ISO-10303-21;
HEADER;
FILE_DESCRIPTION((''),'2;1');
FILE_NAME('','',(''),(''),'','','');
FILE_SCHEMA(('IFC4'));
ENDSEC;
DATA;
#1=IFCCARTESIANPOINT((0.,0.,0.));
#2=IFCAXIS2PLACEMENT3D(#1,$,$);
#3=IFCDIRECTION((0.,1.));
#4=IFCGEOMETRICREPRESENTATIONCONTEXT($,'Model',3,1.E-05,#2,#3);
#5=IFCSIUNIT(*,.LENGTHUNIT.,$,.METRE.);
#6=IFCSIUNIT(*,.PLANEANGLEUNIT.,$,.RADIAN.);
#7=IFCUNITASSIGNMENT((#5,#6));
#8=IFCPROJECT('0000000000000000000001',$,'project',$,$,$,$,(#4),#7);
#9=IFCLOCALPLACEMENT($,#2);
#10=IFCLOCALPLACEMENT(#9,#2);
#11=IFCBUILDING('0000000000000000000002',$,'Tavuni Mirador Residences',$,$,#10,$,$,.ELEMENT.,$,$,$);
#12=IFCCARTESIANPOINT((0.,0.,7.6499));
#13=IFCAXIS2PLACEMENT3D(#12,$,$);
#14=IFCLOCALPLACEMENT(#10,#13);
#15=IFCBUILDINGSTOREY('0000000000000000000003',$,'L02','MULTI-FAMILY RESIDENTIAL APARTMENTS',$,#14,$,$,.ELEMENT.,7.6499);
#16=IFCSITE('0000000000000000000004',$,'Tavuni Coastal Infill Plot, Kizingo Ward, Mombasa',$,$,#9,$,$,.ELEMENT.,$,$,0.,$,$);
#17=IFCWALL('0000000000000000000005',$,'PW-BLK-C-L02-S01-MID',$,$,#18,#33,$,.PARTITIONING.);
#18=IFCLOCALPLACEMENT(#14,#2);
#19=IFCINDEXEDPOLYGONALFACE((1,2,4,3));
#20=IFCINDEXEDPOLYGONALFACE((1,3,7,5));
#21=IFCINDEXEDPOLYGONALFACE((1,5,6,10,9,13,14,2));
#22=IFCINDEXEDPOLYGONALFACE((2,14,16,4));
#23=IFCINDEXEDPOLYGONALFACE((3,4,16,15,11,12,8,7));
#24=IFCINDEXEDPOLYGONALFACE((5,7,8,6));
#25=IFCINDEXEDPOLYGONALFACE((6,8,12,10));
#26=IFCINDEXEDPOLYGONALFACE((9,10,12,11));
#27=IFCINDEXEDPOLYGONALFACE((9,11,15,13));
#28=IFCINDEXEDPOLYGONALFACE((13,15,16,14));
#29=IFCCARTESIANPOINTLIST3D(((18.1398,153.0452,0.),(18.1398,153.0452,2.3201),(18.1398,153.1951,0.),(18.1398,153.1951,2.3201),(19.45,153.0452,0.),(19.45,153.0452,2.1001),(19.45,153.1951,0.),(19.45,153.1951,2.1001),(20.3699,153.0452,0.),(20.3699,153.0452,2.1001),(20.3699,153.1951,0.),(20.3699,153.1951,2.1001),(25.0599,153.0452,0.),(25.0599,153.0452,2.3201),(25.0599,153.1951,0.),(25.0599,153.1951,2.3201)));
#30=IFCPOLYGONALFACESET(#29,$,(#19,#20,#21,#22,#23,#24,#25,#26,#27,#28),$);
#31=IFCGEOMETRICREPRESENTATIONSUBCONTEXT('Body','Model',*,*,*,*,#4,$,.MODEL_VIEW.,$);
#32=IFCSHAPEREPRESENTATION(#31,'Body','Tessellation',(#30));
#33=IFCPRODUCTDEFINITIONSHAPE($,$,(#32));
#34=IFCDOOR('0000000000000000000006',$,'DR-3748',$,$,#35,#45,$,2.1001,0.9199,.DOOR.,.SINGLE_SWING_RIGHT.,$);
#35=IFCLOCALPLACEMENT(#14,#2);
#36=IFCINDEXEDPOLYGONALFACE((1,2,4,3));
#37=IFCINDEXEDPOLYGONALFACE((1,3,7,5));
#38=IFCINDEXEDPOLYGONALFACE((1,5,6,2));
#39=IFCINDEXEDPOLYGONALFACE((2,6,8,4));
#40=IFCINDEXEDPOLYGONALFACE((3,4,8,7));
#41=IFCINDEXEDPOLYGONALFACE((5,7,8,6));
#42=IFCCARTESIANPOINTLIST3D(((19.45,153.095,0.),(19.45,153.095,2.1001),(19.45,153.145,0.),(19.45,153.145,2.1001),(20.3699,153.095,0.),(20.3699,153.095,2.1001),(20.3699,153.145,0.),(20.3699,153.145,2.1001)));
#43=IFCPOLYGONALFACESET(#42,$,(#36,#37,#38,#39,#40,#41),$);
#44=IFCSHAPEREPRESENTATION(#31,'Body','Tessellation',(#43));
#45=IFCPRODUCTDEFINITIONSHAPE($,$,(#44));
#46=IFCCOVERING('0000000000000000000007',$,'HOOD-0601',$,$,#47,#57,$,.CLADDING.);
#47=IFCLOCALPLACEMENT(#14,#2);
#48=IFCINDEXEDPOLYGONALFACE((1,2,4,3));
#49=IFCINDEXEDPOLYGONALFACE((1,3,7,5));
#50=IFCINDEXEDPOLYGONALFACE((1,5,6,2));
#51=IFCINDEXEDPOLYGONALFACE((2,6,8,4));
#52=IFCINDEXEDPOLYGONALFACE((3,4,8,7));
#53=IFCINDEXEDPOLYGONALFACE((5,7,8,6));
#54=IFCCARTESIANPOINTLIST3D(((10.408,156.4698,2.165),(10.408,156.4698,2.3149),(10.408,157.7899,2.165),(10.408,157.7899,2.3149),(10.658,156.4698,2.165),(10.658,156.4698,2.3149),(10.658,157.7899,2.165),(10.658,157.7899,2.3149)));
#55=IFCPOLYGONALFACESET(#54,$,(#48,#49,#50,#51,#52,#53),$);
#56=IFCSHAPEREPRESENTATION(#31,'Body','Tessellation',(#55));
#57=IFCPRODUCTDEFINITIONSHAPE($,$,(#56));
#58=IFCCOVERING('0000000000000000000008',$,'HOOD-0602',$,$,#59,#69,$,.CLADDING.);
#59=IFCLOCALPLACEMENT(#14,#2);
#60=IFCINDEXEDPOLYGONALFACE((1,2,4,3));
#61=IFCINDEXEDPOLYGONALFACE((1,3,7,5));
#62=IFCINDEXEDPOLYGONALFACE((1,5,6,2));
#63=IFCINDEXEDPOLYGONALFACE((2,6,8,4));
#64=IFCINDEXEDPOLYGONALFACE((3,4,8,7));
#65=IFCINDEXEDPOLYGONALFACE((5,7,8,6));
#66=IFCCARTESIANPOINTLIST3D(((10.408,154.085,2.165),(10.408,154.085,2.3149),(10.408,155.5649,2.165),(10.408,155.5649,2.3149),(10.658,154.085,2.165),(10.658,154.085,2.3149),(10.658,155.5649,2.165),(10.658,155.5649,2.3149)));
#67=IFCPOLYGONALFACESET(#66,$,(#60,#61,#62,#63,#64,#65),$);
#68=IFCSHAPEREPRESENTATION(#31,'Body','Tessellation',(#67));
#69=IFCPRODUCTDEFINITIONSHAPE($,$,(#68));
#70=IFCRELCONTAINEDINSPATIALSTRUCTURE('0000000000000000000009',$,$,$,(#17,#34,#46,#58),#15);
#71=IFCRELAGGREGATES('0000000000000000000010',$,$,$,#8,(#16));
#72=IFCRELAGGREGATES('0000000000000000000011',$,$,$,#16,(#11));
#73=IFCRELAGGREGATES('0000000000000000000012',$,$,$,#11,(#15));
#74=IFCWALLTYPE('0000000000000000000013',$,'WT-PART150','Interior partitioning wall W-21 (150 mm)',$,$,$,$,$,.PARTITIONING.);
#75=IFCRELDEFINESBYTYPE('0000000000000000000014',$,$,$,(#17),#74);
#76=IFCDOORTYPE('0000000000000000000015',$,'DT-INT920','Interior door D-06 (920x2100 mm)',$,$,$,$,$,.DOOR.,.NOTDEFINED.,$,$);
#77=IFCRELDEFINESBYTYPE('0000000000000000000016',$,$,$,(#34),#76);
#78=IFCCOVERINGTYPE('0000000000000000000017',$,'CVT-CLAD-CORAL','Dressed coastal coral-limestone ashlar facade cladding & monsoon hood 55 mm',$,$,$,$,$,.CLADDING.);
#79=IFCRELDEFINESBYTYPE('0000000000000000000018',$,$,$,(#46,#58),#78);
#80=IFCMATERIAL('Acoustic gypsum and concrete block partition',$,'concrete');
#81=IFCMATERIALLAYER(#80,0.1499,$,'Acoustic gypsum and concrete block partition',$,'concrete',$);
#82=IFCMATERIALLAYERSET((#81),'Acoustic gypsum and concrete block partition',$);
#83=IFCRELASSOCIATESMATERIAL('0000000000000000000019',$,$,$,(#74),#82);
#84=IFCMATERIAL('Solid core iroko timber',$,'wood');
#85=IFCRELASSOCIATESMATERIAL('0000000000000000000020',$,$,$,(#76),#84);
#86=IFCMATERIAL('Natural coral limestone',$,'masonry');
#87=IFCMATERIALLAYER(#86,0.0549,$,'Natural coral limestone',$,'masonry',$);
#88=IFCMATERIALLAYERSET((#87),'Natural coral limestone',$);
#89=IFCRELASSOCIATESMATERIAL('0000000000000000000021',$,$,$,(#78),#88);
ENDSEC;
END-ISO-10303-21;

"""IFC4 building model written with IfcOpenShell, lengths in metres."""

from ifc_helpers import new_model, si_unit, direction, frame, frame_2d, origin, origin_2d, place, context, subcontext, project, spatial, rectangle, extrude, material, layer, layer_set, type_object, element, fill, save


model = new_model("IFC4")

# Units and contexts
model_context = context("Model", 3, precision=1e-05, world=origin(), true_north=direction((0.0, 1.0)))
body_context = subcontext(model_context, "Body", "Model", "MODEL_VIEW")
ifc_project = project(units=[si_unit("LENGTHUNIT", "METRE"), si_unit("PLANEANGLEUNIT", "RADIAN")], contexts=[model_context])

# Site, building, storey
site_placement = place(None, origin())
site = spatial("IfcSite", under=ifc_project, at=site_placement, Name="Tavuni Coastal Infill Plot, Kizingo Ward, Mombasa", CompositionType="ELEMENT", RefElevation=0.0)
building_placement = place(site_placement, origin())
building = spatial("IfcBuilding", under=site, at=building_placement, Name="Tavuni Mirador Residences", CompositionType="ELEMENT")
storey_placement = place(building_placement, frame((0.0, 0.0, 7.6499)))
storey = spatial("IfcBuildingStorey", under=building, at=storey_placement, Name="L02", Description="MULTI-FAMILY RESIDENTIAL APARTMENTS", CompositionType="ELEMENT", Elevation=7.6499)

# Shared definitions
ifc_material_1 = material(Name="Solid core iroko timber", Category="wood")

# Wall, opening, door
ifc_material_2 = material(Name="Acoustic gypsum and concrete block partition", Category="concrete")
ifc_layer_1 = layer(ifc_material_2, 0.1499, Name="Acoustic gypsum and concrete block partition", Category="concrete")
ifc_layer_set_1 = layer_set([ifc_layer_1], Name="Acoustic gypsum and concrete block partition")
wall_type_1 = type_object("IfcWallType", Name="WT-PART150", Description="Interior partitioning wall W-21 (150 mm)", PredefinedType="PARTITIONING", material=ifc_layer_set_1)
wall_1_placement = place(storey_placement, frame((18.1399, 153.1201, 0.0), z_axis=(0.0, 0.0, 1.0), x_axis=(1.0, 0.0, 0.0)))
wall_1 = element("IfcWall", 1, at=wall_1_placement, inside=storey, type_object=wall_type_1, Name="PW-BLK-C-L02-S01-MID", PredefinedType="PARTITIONING", context=body_context, shape_type="SweptSolid", body=[
    extrude(rectangle(XDim=6.9202, YDim=0.1499, at=frame_2d((3.46, 0.0))), origin(), (0.0, 0.0, 1.0), 2.3201),
])
opening_1_placement = place(wall_1_placement, frame((1.3101, 0.0, 0.0)))
opening_1 = element("IfcOpeningElement", 2, at=opening_1_placement, cuts=wall_1, PredefinedType="OPENING", context=body_context, shape_type="SweptSolid", body=[
    extrude(rectangle(XDim=0.9199, YDim=2.1001, at=frame_2d((0.46, 1.05))), frame((0.0, 0.085, 0.0), z_axis=(0.0, -1.0, 0.0), x_axis=(1.0, 0.0, 0.0)), (0.0, 0.0, 1.0), 0.1699),
])
door_type_1 = type_object("IfcDoorType", Name="DT-INT920", Description="Interior door D-06 (920x2100 mm)", OperationType="NOTDEFINED", PredefinedType="DOOR", material=ifc_material_1)
door_1_placement = place(opening_1_placement, origin())
door_1 = element("IfcDoor", 3, at=door_1_placement, inside=storey, type_object=door_type_1, Name="DR-3748", OperationType="SINGLE_SWING_RIGHT", OverallHeight=2.1001, OverallWidth=0.9199, PredefinedType="DOOR", context=body_context, shape_type="SweptSolid", body=[
    extrude(rectangle(XDim=0.9199, YDim=2.1001, at=frame_2d((0.46, 1.05))), frame((0.0, 0.0249, 0.0), z_axis=(0.0, -1.0, 0.0), x_axis=(1.0, 0.0, 0.0)), (0.0, 0.0, 1.0), 0.05),
])
fill(opening_1, door_1)

# Coverings
ifc_material_3 = material(Name="Natural coral limestone", Category="masonry")
ifc_layer_2 = layer(ifc_material_3, 0.0549, Name="Natural coral limestone", Category="masonry")
ifc_layer_set_2 = layer_set([ifc_layer_2], Name="Natural coral limestone")
covering_type = type_object("IfcCoveringType", Name="CVT-CLAD-CORAL", Description="Dressed coastal coral-limestone ashlar facade cladding & monsoon hood 55 mm", PredefinedType="CLADDING", material=ifc_layer_set_2)
covering_1_placement = place(storey_placement, frame((10.533, 157.1299, 2.165), z_axis=(0.0, 0.0, 1.0), x_axis=(0.0, -1.0, 0.0)))
element("IfcCovering", 4, at=covering_1_placement, inside=storey, type_object=covering_type, Name="HOOD-0601", PredefinedType="CLADDING", context=body_context, shape_type="SweptSolid", body=[
    extrude(rectangle(XDim=1.3201, YDim=0.25, at=origin_2d()), origin(), (0.0, 0.0, 1.0), 0.1499),
])
covering_2_placement = place(storey_placement, frame((10.533, 154.825, 2.165), z_axis=(0.0, 0.0, 1.0), x_axis=(0.0, -1.0, 0.0)))
element("IfcCovering", 5, at=covering_2_placement, inside=storey, type_object=covering_type, Name="HOOD-0602", PredefinedType="CLADDING", context=body_context, shape_type="SweptSolid", body=[
    extrude(rectangle(XDim=1.48, YDim=0.25, at=origin_2d()), origin(), (0.0, 0.0, 1.0), 0.1499),
])

save(model, "model.ifc")
